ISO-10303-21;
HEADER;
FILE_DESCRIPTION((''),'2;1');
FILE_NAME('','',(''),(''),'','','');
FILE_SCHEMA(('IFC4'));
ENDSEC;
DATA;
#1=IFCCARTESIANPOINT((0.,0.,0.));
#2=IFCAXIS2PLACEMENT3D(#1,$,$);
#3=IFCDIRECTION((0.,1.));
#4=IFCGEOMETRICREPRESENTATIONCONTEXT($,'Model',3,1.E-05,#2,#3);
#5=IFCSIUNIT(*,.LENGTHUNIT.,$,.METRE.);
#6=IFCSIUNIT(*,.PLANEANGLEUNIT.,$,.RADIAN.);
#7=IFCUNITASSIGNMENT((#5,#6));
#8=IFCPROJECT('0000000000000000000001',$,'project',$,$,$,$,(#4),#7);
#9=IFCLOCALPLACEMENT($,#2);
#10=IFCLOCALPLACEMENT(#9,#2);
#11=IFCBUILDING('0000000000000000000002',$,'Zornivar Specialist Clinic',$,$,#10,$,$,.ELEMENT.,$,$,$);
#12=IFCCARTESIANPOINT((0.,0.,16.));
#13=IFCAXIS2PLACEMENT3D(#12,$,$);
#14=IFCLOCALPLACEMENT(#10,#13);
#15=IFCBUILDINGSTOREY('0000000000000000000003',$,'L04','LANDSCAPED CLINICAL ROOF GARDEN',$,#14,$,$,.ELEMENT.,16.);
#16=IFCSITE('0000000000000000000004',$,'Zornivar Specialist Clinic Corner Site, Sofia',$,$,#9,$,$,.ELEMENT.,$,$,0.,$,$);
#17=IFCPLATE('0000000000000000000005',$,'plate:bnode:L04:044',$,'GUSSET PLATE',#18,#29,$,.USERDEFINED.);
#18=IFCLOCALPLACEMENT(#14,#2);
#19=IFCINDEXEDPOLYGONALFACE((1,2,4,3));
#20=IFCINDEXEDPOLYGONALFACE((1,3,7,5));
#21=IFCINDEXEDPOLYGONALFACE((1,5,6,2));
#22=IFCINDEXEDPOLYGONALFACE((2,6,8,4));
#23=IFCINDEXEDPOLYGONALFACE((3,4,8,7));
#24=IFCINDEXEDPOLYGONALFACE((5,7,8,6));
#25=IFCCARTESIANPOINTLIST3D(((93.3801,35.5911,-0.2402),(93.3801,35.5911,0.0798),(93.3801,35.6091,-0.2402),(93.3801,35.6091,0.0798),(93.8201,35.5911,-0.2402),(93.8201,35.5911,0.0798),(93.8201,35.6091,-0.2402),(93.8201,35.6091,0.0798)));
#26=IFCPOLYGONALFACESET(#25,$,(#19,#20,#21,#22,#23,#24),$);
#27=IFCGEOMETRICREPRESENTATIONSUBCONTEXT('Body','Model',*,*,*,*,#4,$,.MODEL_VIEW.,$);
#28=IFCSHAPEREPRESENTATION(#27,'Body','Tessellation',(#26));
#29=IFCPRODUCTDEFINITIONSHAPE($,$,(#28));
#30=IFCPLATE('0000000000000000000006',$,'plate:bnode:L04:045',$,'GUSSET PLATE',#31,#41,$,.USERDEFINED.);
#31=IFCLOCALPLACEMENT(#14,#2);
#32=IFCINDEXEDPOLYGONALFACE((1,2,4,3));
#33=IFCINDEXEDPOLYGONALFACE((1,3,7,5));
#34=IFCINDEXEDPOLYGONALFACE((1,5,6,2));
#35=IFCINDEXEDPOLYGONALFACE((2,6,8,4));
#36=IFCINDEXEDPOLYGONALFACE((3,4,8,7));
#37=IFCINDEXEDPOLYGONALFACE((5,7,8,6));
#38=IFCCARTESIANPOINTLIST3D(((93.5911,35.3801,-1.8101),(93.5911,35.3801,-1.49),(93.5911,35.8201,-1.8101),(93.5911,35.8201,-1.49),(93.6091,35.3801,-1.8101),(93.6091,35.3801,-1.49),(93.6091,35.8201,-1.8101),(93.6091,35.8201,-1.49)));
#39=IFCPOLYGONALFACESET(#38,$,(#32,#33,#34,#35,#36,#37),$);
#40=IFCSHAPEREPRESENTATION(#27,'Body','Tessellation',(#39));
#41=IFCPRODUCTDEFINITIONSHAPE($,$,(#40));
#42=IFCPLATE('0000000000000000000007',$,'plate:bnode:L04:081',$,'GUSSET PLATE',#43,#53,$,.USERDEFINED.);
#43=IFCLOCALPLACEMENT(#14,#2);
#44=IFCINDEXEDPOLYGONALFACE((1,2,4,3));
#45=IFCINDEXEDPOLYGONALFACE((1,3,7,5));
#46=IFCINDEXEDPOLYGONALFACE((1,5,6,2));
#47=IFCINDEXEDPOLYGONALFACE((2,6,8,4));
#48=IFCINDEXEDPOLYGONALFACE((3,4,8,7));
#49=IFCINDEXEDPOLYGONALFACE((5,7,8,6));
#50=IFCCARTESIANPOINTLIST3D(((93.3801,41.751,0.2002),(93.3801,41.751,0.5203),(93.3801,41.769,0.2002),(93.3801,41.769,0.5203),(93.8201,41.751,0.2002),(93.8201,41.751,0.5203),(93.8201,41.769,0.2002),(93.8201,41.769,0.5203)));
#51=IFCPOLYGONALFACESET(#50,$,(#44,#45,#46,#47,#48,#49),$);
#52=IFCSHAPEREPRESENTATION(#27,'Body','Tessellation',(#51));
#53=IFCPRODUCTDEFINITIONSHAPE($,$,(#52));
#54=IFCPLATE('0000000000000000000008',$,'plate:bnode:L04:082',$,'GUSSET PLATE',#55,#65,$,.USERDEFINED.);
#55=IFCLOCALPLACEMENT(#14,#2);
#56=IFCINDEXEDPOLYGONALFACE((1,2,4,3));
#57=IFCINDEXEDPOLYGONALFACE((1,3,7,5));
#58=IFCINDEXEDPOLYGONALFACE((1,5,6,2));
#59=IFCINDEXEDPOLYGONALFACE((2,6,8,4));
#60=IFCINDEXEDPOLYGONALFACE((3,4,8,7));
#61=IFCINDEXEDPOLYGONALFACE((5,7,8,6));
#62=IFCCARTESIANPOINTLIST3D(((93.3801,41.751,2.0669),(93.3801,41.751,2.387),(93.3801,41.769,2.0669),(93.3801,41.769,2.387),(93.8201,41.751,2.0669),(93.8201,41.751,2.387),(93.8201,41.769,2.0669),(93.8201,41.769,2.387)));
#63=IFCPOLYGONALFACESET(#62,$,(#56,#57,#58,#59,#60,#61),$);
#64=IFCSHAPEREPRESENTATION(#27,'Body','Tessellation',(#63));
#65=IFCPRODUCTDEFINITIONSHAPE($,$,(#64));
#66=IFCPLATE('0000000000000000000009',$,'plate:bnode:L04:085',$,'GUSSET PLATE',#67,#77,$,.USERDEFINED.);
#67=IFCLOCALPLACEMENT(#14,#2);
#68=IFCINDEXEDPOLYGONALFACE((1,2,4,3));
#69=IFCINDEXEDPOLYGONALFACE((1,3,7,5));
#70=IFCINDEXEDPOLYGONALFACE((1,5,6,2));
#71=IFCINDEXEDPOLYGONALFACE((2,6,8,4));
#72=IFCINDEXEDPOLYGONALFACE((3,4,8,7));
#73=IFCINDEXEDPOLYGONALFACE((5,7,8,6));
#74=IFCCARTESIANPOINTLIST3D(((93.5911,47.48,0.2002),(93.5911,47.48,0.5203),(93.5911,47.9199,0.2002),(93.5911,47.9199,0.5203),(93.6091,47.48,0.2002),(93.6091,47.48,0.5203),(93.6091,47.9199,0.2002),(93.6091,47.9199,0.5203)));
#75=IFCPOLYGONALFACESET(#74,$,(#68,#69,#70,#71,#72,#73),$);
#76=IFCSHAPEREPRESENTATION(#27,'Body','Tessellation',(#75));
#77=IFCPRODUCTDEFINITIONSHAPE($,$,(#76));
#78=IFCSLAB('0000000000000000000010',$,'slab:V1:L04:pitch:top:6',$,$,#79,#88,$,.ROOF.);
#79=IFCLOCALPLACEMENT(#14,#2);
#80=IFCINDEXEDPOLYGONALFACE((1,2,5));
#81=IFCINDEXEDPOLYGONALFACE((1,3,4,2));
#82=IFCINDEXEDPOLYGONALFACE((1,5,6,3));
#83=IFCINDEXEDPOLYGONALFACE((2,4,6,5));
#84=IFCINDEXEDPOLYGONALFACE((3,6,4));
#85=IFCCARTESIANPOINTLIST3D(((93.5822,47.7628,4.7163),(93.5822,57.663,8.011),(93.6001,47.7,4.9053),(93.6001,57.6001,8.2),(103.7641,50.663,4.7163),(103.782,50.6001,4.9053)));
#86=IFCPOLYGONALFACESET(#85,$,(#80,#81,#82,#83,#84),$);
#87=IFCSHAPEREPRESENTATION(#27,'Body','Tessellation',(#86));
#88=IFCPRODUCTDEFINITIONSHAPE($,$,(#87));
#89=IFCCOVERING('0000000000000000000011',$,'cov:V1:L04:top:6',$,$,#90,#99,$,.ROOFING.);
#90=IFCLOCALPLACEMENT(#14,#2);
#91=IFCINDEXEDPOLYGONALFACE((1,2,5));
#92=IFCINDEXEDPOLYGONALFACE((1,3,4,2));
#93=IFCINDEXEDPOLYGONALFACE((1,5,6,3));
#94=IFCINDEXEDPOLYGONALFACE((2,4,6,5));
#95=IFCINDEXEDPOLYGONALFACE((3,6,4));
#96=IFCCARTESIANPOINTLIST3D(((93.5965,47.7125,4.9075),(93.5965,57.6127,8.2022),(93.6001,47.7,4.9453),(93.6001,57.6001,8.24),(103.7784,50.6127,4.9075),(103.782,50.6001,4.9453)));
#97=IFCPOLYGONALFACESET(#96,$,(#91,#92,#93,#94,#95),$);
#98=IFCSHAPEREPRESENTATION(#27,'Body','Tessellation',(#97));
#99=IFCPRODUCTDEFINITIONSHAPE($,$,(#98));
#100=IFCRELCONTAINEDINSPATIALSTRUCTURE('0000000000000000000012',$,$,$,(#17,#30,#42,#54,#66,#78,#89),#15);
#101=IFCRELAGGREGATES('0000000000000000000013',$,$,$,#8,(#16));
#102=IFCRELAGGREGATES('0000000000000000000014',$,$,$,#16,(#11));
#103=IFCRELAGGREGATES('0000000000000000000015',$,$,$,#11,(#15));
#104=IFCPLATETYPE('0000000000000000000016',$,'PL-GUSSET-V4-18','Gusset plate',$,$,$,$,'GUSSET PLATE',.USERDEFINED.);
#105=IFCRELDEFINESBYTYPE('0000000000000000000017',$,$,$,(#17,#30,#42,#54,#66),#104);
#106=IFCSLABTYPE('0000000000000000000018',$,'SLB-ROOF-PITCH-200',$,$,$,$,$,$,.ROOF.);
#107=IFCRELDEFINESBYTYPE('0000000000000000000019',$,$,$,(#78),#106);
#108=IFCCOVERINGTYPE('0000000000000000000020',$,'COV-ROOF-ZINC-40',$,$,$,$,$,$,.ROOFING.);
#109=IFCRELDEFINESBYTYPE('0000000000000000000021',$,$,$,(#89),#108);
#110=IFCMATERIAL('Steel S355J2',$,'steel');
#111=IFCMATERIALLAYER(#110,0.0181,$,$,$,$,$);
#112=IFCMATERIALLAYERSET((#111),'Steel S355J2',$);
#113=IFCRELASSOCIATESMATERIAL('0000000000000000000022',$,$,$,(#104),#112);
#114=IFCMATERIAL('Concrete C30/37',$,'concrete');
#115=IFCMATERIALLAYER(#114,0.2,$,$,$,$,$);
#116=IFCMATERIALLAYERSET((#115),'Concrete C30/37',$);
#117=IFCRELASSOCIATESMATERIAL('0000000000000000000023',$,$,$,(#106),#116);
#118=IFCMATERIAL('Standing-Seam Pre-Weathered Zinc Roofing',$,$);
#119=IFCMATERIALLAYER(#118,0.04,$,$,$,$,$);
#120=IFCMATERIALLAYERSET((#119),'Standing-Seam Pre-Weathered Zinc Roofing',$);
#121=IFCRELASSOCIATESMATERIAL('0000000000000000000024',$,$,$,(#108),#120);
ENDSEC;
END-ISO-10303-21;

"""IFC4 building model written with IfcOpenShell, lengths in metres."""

from ifc_helpers import new_model, si_unit, direction, frame, origin, origin_2d, place, context, subcontext, project, spatial, polyline, rectangle, outline, extrude, material, layer, layer_set, type_object, element, save


model = new_model("IFC4")

# Units and contexts
model_context = context("Model", 3, precision=1e-05, world=origin(), true_north=direction((0.0, 1.0)))
body_context = subcontext(model_context, "Body", "Model", "MODEL_VIEW")
ifc_project = project(units=[si_unit("LENGTHUNIT", "METRE"), si_unit("PLANEANGLEUNIT", "RADIAN")], contexts=[model_context])

# Site, building, storey
site_placement = place(None, origin())
site = spatial("IfcSite", under=ifc_project, at=site_placement, Name="Zornivar Specialist Clinic Corner Site, Sofia", CompositionType="ELEMENT", RefElevation=0.0)
building_placement = place(site_placement, origin())
building = spatial("IfcBuilding", under=site, at=building_placement, Name="Zornivar Specialist Clinic", CompositionType="ELEMENT")
storey_placement = place(building_placement, frame((0.0, 0.0, 16.0)))
storey = spatial("IfcBuildingStorey", under=building, at=storey_placement, Name="L04", Description="LANDSCAPED CLINICAL ROOF GARDEN", CompositionType="ELEMENT", Elevation=16.0)

# Plates
ifc_material_1 = material(Name="Steel S355J2", Category="steel")
ifc_layer_1 = layer(ifc_material_1, 0.0181)
ifc_layer_set_1 = layer_set([ifc_layer_1], Name="Steel S355J2")
plate_type_1 = type_object("IfcPlateType", Name="PL-GUSSET-V4-18", Description="Gusset plate", ElementType="GUSSET PLATE", PredefinedType="USERDEFINED", material=ifc_layer_set_1)
for number, where, z_axis, x_axis, name in (
    (1, (93.6001, 35.6001, -0.2402), (0.0, 0.0, 1.0), (1.0, 0.0, 0.0), "plate:bnode:L04:044"),
    (2, (93.6001, 35.6001, -1.8101), (0.0, 0.0, 1.0), (0.0, 1.0, 0.0), "plate:bnode:L04:045"),
    (3, (93.6001, 41.76, 0.2002), (0.0, 0.0, 1.0), (1.0, 0.0, 0.0), "plate:bnode:L04:081"),
    (4, (93.6001, 41.76, 2.0669), (0.0, 0.0, 1.0), (1.0, 0.0, 0.0), "plate:bnode:L04:082"),
    (5, (93.6001, 47.7, 0.2002), (0.0, 0.0, 1.0), (0.0, 1.0, 0.0), "plate:bnode:L04:085"),
):
    element("IfcPlate", number, at=place(storey_placement, frame(where, z_axis=z_axis, x_axis=x_axis)), inside=storey, type_object=plate_type_1, Name=name, ObjectType="GUSSET PLATE", PredefinedType="USERDEFINED", context=body_context, shape_type="SweptSolid", body=[
        extrude(rectangle(XDim=0.4399, YDim=0.0181, at=origin_2d()), origin(), (0.0, 0.0, 1.0), 0.3201),
    ])

# Slab
ifc_material_2 = material(Name="Concrete C30/37", Category="concrete")
ifc_layer_2 = layer(ifc_material_2, 0.2)
ifc_layer_set_2 = layer_set([ifc_layer_2], Name="Concrete C30/37")
slab_type = type_object("IfcSlabType", Name="SLB-ROOF-PITCH-200", PredefinedType="ROOF", material=ifc_layer_set_2)
slab_placement = place(storey_placement, frame((93.6001, 47.7, 4.9053), z_axis=(0.089579, -0.314495, 0.945023), x_axis=(0.961747, 0.273938, 0.0)))
element("IfcSlab", 6, at=slab_placement, inside=storey, type_object=slab_type, Name="slab:V1:L04:pitch:top:6", PredefinedType="ROOF", context=body_context, shape_type="SweptSolid", body=[
    extrude(outline(polyline([(0.0, 0.0), (10.5869, 0.0), (2.712, 10.0754), (0.0, 0.0)])), origin(), (0.0, 0.0, -1.0), 0.2),
])

# Covering
ifc_material_3 = material(Name="Standing-Seam Pre-Weathered Zinc Roofing")
ifc_layer_3 = layer(ifc_material_3, 0.04)
ifc_layer_set_3 = layer_set([ifc_layer_3], Name="Standing-Seam Pre-Weathered Zinc Roofing")
covering_type = type_object("IfcCoveringType", Name="COV-ROOF-ZINC-40", PredefinedType="ROOFING", material=ifc_layer_set_3)
covering_placement = place(storey_placement, frame((93.6001, 47.7, 4.9453), z_axis=(0.089579, -0.314495, 0.945023), x_axis=(0.961747, 0.273938, 0.0)))
element("IfcCovering", 7, at=covering_placement, inside=storey, type_object=covering_type, Name="cov:V1:L04:top:6", PredefinedType="ROOFING", context=body_context, shape_type="SweptSolid", body=[
    extrude(outline(polyline([(0.0, 0.0), (10.5869, 0.0), (2.712, 10.0754), (0.0, 0.0)])), origin(), (0.0, 0.0, -1.0), 0.04),
])

save(model, "model.ifc")
